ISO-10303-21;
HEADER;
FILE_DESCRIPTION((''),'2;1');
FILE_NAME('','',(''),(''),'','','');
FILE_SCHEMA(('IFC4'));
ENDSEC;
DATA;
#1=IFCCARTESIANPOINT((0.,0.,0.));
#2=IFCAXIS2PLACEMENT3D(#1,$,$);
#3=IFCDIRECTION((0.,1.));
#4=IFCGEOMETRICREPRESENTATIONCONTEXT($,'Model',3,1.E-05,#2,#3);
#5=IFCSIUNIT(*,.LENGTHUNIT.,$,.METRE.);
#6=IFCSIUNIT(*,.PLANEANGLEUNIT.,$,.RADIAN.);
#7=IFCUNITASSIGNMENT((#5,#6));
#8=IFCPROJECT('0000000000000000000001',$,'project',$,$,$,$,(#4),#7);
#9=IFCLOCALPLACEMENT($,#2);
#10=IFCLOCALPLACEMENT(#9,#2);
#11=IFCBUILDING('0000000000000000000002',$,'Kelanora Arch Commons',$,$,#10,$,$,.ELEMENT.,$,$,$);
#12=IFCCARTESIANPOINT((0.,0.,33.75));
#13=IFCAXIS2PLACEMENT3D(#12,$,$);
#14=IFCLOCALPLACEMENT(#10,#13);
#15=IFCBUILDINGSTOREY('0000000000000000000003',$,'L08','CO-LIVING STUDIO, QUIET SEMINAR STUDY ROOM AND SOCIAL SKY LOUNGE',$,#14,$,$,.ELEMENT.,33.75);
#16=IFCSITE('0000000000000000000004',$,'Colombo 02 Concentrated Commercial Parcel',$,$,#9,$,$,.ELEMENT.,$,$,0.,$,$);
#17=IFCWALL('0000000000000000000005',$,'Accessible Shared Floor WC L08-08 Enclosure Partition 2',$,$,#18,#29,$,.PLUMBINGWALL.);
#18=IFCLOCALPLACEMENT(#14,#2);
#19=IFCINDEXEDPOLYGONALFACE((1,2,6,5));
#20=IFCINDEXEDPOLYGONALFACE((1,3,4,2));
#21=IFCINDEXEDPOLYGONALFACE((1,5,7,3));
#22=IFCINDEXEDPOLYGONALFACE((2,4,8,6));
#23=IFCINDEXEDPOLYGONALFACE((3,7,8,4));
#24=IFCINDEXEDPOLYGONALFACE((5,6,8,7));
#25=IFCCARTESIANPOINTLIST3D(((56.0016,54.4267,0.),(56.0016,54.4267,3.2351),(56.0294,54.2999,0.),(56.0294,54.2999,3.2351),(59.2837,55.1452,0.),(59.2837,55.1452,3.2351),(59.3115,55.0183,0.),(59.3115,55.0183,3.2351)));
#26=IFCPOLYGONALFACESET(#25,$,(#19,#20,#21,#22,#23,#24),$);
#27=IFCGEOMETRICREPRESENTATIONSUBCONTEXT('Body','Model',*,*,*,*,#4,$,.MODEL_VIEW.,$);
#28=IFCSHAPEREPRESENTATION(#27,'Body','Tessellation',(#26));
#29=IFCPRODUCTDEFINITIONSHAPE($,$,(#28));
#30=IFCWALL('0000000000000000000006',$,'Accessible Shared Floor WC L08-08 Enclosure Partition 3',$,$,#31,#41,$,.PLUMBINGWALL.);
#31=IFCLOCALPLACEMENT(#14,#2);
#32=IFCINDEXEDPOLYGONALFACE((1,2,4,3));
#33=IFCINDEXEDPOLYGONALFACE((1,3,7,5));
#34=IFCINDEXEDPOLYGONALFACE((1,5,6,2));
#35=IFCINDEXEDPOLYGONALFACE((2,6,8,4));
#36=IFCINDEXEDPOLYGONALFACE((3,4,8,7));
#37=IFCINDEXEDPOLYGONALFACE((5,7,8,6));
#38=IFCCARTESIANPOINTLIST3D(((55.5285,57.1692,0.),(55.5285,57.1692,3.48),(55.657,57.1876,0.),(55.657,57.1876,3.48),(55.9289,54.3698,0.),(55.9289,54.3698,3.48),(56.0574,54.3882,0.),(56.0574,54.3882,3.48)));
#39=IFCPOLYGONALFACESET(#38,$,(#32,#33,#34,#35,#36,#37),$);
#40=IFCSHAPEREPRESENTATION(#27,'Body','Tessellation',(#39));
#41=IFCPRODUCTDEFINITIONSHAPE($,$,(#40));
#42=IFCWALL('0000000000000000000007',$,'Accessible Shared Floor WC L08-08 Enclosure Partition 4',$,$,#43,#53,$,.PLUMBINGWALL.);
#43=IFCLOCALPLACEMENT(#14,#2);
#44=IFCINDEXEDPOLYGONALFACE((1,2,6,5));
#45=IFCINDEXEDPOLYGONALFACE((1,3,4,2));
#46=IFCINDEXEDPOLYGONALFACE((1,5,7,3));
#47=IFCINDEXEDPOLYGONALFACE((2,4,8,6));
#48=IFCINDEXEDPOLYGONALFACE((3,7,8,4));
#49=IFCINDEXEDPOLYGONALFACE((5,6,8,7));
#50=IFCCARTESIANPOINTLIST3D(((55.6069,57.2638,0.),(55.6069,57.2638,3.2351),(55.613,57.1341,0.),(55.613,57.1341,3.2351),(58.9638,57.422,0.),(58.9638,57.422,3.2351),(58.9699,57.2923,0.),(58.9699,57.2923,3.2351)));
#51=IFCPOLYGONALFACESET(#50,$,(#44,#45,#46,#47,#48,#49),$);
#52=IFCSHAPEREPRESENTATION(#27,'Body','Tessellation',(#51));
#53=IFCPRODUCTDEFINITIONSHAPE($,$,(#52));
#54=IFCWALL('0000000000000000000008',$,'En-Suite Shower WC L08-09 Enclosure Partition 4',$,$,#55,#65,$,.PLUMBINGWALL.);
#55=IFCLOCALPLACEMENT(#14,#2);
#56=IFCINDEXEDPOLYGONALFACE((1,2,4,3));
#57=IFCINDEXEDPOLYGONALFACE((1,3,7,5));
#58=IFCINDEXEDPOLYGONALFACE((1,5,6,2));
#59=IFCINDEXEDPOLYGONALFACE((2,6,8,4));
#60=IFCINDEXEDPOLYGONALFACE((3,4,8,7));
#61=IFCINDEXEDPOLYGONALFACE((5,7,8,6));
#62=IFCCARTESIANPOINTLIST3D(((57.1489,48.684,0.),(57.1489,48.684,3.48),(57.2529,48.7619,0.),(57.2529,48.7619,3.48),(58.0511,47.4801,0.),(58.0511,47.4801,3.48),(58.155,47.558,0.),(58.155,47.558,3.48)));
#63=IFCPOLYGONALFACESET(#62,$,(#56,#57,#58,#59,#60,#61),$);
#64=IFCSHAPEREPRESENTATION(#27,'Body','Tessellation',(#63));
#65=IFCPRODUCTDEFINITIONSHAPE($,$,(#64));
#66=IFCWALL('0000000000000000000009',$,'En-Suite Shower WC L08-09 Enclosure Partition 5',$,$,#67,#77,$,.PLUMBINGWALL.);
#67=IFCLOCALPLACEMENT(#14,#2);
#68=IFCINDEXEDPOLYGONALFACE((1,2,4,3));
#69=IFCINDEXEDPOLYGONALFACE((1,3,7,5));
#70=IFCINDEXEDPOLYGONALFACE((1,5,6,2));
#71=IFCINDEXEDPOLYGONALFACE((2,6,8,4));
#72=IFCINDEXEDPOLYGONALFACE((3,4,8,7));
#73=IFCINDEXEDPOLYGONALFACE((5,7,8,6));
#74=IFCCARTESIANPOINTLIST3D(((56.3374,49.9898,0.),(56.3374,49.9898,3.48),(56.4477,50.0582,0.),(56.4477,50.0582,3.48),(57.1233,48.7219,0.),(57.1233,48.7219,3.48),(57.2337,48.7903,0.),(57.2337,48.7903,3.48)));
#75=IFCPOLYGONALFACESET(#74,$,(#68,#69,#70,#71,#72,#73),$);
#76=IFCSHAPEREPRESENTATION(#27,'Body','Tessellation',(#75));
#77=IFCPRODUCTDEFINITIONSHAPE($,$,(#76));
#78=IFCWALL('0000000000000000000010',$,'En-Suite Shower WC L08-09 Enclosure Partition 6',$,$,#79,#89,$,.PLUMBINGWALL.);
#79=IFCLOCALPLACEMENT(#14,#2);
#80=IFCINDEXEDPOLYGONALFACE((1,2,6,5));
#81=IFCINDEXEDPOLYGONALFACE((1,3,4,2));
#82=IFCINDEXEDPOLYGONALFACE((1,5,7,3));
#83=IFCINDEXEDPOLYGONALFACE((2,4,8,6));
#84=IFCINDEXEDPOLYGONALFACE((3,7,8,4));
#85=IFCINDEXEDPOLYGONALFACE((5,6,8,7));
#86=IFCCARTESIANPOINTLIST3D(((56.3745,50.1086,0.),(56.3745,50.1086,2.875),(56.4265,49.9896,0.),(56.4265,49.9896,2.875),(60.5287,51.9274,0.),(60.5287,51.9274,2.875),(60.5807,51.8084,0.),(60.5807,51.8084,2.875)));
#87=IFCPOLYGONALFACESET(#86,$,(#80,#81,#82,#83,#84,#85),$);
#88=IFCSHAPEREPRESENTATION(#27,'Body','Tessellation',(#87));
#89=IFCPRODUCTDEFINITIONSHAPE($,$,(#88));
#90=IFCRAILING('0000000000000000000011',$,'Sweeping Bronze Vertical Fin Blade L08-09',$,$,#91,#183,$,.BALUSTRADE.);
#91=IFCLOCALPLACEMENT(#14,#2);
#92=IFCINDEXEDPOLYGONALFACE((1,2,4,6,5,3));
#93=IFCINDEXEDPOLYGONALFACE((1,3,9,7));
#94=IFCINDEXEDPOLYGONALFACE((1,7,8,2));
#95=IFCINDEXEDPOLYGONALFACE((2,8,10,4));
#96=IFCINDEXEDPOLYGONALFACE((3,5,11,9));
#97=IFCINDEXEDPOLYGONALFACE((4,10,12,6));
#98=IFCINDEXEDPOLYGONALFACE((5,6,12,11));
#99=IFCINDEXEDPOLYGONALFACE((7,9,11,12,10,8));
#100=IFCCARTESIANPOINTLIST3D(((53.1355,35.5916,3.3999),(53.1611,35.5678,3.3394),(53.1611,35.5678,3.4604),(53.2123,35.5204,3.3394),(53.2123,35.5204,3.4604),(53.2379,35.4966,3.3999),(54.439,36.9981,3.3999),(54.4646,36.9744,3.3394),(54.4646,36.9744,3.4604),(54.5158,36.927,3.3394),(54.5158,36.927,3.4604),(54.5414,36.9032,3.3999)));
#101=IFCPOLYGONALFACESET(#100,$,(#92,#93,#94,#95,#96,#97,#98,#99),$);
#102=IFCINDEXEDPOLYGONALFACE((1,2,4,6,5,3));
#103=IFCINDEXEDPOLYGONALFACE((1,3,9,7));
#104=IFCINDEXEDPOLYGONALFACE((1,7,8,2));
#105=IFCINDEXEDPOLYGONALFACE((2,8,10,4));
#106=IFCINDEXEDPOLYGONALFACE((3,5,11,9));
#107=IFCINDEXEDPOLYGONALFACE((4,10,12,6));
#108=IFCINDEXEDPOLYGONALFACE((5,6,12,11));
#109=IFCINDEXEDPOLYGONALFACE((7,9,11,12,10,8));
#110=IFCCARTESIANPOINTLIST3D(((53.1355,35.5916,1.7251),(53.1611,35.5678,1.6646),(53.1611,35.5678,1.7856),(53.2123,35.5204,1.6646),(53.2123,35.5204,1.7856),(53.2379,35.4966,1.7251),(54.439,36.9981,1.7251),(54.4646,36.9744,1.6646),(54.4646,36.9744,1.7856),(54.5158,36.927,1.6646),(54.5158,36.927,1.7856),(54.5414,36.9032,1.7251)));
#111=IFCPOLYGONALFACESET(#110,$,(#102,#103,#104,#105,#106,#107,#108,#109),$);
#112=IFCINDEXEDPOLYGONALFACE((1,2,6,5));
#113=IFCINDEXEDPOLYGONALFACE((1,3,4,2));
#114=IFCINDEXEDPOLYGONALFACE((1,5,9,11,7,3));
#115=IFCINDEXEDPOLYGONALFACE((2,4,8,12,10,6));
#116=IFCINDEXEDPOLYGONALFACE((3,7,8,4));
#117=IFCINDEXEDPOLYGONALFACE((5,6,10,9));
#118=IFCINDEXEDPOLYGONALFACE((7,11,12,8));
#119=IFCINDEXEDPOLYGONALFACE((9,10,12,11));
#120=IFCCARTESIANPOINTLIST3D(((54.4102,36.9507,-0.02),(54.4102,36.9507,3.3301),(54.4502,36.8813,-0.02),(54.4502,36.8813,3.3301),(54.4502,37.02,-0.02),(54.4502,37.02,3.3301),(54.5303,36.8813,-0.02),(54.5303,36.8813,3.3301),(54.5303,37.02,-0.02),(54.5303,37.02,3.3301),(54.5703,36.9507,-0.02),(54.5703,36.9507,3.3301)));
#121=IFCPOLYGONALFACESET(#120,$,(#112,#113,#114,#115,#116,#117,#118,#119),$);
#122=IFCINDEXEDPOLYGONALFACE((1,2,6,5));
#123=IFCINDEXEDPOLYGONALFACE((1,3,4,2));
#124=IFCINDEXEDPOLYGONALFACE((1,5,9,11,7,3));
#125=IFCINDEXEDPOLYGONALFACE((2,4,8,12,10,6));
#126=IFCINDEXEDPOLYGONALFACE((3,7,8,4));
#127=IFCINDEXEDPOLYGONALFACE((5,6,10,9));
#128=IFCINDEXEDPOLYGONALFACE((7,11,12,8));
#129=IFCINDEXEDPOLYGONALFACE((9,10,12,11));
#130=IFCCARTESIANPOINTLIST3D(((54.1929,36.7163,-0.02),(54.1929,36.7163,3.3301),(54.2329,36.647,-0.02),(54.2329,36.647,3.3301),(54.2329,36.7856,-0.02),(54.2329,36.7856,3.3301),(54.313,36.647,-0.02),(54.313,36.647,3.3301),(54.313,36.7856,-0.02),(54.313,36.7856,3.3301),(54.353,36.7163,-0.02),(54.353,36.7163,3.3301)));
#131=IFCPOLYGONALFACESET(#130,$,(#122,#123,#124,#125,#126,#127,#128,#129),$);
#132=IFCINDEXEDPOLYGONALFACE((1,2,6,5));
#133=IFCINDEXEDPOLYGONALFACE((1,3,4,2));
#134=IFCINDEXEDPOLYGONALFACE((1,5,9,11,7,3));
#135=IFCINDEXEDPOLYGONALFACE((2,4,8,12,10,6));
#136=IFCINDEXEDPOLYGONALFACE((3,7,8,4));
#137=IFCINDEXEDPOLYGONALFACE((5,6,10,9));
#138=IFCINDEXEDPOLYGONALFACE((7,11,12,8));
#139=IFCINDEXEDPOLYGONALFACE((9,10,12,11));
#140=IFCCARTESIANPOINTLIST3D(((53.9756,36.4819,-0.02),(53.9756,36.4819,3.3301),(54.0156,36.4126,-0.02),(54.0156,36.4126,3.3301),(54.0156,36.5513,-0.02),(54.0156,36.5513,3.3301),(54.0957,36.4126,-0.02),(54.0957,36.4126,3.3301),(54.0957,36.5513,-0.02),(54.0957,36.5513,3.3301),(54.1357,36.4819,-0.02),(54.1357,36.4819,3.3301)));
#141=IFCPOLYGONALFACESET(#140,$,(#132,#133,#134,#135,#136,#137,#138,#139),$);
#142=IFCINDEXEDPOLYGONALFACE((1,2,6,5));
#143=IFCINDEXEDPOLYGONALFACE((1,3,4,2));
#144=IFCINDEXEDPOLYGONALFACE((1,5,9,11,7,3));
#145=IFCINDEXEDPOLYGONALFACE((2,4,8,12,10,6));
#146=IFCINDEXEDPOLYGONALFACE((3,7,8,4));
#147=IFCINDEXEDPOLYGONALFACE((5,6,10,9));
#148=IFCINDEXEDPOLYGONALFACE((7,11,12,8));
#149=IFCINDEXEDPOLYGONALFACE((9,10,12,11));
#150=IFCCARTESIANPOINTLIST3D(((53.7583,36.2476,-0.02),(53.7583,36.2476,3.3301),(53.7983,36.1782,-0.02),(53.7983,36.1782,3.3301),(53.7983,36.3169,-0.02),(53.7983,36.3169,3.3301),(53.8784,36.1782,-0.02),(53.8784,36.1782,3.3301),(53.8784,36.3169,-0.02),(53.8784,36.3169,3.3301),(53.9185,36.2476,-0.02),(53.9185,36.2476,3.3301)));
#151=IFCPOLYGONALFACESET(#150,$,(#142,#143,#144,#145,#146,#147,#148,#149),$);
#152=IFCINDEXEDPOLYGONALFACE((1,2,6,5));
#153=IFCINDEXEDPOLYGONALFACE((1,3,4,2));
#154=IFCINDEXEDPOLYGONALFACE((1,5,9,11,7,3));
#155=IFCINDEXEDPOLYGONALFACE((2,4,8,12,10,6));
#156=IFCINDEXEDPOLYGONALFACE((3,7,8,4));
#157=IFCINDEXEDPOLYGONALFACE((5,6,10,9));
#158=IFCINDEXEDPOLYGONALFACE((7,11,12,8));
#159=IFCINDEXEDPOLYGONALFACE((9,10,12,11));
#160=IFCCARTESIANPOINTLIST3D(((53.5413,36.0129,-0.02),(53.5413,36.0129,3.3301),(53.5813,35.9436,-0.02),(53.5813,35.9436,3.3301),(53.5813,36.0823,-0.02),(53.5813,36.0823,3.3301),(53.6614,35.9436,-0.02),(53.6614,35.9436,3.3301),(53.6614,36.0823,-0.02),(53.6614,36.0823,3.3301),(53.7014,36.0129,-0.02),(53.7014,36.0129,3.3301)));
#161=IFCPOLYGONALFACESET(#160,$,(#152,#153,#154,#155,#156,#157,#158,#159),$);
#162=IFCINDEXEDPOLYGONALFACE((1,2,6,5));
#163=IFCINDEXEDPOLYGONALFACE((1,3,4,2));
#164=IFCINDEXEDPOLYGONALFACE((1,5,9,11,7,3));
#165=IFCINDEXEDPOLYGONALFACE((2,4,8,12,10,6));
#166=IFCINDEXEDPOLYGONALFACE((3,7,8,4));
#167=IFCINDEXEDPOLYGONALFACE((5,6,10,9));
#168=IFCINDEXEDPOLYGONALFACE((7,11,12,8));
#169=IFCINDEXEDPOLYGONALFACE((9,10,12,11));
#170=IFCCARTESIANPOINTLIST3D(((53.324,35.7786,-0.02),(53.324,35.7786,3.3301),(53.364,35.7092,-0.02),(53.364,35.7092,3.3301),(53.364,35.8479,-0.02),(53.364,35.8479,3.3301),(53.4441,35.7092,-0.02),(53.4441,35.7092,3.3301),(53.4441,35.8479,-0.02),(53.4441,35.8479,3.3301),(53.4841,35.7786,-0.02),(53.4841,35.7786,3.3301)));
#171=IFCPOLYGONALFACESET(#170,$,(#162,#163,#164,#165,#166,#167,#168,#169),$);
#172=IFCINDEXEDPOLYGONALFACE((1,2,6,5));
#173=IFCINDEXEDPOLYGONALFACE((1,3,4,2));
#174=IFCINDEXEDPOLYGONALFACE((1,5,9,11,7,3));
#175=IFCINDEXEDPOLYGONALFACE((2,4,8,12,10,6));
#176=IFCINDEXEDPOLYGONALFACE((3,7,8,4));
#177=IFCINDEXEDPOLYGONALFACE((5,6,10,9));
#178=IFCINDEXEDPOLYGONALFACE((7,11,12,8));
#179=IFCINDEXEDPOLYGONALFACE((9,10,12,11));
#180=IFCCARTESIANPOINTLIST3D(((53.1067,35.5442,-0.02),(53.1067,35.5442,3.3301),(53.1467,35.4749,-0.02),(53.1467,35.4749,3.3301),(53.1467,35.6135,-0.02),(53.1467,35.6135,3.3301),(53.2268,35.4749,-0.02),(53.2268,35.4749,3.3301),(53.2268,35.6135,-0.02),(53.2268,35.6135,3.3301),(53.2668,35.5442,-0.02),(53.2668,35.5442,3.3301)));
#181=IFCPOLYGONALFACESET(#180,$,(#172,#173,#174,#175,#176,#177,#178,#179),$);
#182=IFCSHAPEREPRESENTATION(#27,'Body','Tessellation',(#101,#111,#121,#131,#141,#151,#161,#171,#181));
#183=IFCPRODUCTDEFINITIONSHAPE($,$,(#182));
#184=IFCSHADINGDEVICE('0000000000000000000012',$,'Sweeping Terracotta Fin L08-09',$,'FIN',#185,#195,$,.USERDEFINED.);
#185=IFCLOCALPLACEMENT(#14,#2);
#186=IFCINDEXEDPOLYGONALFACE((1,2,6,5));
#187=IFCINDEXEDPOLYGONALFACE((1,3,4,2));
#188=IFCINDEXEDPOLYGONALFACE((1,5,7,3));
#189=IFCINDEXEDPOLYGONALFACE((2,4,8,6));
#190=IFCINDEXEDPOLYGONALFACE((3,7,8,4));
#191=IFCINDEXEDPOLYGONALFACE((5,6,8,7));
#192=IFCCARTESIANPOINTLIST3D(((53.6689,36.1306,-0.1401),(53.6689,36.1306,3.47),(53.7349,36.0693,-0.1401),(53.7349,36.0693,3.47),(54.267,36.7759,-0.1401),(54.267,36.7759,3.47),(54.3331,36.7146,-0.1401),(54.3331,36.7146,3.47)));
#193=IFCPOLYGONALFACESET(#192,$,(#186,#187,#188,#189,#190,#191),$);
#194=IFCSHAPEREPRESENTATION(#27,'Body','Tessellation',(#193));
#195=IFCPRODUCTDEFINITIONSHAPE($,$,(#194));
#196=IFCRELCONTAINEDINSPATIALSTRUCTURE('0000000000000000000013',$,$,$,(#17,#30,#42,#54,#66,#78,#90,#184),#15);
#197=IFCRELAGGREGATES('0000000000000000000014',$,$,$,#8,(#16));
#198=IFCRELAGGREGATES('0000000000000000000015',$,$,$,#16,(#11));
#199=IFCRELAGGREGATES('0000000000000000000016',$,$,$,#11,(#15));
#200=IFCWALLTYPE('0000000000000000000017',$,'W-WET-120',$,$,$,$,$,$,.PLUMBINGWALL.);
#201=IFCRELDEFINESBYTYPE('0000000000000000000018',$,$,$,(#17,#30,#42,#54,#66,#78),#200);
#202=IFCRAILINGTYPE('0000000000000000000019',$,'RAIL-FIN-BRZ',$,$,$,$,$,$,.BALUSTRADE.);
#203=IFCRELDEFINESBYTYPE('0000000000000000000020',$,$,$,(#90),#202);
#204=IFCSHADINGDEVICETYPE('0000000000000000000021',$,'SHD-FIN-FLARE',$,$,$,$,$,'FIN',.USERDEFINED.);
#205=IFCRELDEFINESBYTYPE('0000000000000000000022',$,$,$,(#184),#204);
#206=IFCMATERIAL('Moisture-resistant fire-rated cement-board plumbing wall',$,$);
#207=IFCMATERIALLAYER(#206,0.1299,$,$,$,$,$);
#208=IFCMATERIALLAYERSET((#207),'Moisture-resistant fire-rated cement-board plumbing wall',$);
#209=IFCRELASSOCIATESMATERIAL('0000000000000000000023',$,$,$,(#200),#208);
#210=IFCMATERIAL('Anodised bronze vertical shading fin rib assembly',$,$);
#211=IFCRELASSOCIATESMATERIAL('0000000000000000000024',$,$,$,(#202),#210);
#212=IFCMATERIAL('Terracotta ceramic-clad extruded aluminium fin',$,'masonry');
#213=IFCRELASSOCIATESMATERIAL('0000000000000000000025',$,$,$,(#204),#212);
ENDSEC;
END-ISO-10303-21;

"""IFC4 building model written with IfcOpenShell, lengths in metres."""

from ifc_helpers import new_model, si_unit, direction, frame, frame_2d, origin, origin_2d, place, context, subcontext, project, spatial, polyline, rectangle, outline, extrude, source, transform, mapped, material, layer, layer_set, type_object, element, save


model = new_model("IFC4")

# Units and contexts
model_context = context("Model", 3, precision=1e-05, world=origin(), true_north=direction((0.0, 1.0)))
body_context = subcontext(model_context, "Body", "Model", "MODEL_VIEW")
ifc_project = project(units=[si_unit("LENGTHUNIT", "METRE"), si_unit("PLANEANGLEUNIT", "RADIAN")], contexts=[model_context])

# Site, building, storey
site_placement = place(None, origin())
site = spatial("IfcSite", under=ifc_project, at=site_placement, Name="Colombo 02 Concentrated Commercial Parcel", CompositionType="ELEMENT", RefElevation=0.0)
building_placement = place(site_placement, origin())
building = spatial("IfcBuilding", under=site, at=building_placement, Name="Kelanora Arch Commons", CompositionType="ELEMENT")
storey_placement = place(building_placement, frame((0.0, 0.0, 33.75)))
storey = spatial("IfcBuildingStorey", under=building, at=storey_placement, Name="L08", Description="CO-LIVING STUDIO, QUIET SEMINAR STUDY ROOM AND SOCIAL SKY LOUNGE", CompositionType="ELEMENT", Elevation=33.75)

# Shared definitions
ifc_material_1 = material(Name="Moisture-resistant fire-rated cement-board plumbing wall")
ifc_layer_1 = layer(ifc_material_1, 0.1299)
ifc_layer_set_1 = layer_set([ifc_layer_1], Name="Moisture-resistant fire-rated cement-board plumbing wall")
wall_type_1 = type_object("IfcWallType", Name="W-WET-120", PredefinedType="PLUMBINGWALL", material=ifc_layer_set_1)

# Walls
wall_1_placement = place(storey_placement, frame((59.2976, 55.0818, 0.0), z_axis=(0.0, 0.0, 1.0), x_axis=(-0.976868, -0.213844, 0.0)))
element("IfcWall", 1, at=wall_1_placement, inside=storey, type_object=wall_type_1, Name="Accessible Shared Floor WC L08-08 Enclosure Partition 2", PredefinedType="PLUMBINGWALL", context=body_context, shape_type="SweptSolid", body=[
    extrude(rectangle(XDim=3.3599, YDim=0.1299, at=frame_2d((1.6799, 0.0))), origin(), (0.0, 0.0, 1.0), 3.2351),
])
wall_2_placement = place(storey_placement, frame((55.9932, 54.3789, 0.0), z_axis=(0.0, 0.0, 1.0), x_axis=(-0.141591, 0.989925, 0.0)))
element("IfcWall", 2, at=wall_2_placement, inside=storey, type_object=wall_type_1, Name="Accessible Shared Floor WC L08-08 Enclosure Partition 3", PredefinedType="PLUMBINGWALL", context=body_context, shape_type="SweptSolid", body=[
    extrude(rectangle(XDim=2.8279, YDim=0.1299, at=frame_2d((1.4141, 0.0))), origin(), (0.0, 0.0, 1.0), 3.48),
])
wall_3_placement = place(storey_placement, frame((55.6101, 57.199, 0.0), z_axis=(0.0, 0.0, 1.0), x_axis=(0.998891, 0.047075, 0.0)))
element("IfcWall", 3, at=wall_3_placement, inside=storey, type_object=wall_type_1, Name="Accessible Shared Floor WC L08-08 Enclosure Partition 4", PredefinedType="PLUMBINGWALL", context=body_context, shape_type="SweptSolid", body=[
    extrude(rectangle(XDim=3.3606, YDim=0.1299, at=frame_2d((1.6802, 0.0))), origin(), (0.0, 0.0, 1.0), 3.2351),
])
wall_4_placement = place(storey_placement, frame((58.103, 47.519, 0.0), z_axis=(0.0, 0.0, 1.0), x_axis=(-0.599662, 0.800253, 0.0)))
element("IfcWall", 4, at=wall_4_placement, inside=storey, type_object=wall_type_1, Name="En-Suite Shower WC L08-09 Enclosure Partition 4", PredefinedType="PLUMBINGWALL", context=body_context, shape_type="SweptSolid", body=[
    extrude(rectangle(XDim=1.5044, YDim=0.1299, at=frame_2d((0.7522, 0.0))), origin(), (0.0, 0.0, 1.0), 3.48),
])
wall_5_placement = place(storey_placement, frame((57.1785, 48.7561, 0.0), z_axis=(0.0, 0.0, 1.0), x_axis=(-0.526862, 0.849951, 0.0)))
element("IfcWall", 5, at=wall_5_placement, inside=storey, type_object=wall_type_1, Name="En-Suite Shower WC L08-09 Enclosure Partition 5", PredefinedType="PLUMBINGWALL", context=body_context, shape_type="SweptSolid", body=[
    extrude(rectangle(XDim=1.4917, YDim=0.1299, at=frame_2d((0.7458, 0.0))), origin(), (0.0, 0.0, 1.0), 3.48),
])
wall_6_placement = place(storey_placement, frame((56.4004, 50.0491, 0.0), z_axis=(0.0, 0.0, 1.0), x_axis=(0.916049, 0.401067, 0.0)))
element("IfcWall", 6, at=wall_6_placement, inside=storey, type_object=wall_type_1, Name="En-Suite Shower WC L08-09 Enclosure Partition 6", PredefinedType="PLUMBINGWALL", context=body_context, shape_type="SweptSolid", body=[
    extrude(rectangle(XDim=4.5349, YDim=0.1299, at=frame_2d((2.2676, 0.0))), origin(), (0.0, 0.0, 1.0), 2.875),
])

# Railing
ifc_material_2 = material(Name="Anodised bronze vertical shading fin rib assembly")
railing_type = type_object("IfcRailingType", Name="RAIL-FIN-BRZ", PredefinedType="BALUSTRADE", material=ifc_material_2)
railing_placement = place(storey_placement, frame((54.4902, 36.9507, -0.02)))
element("IfcRailing", 7, at=railing_placement, inside=storey, type_object=railing_type, Name="Sweeping Bronze Vertical Fin Blade L08-09", PredefinedType="BALUSTRADE", context=body_context, shape_type="SweptSolid", body=[
    extrude(outline(polyline([(0.0698, 0.0), (0.0349, 0.0605), (-0.0349, 0.0605), (-0.0698, 0.0), (-0.0349, -0.0605), (0.0349, -0.0605), (0.0698, 0.0)])), frame((0.0, 0.0, 3.4199), z_axis=(-0.679733, -0.73346, 0.0), x_axis=(0.73346, -0.679733, 0.0)), (0.0, 0.0, 1.0), 1.9177),
    extrude(outline(polyline([(0.0698, 0.0), (0.0349, 0.0605), (-0.0349, 0.0605), (-0.0698, 0.0), (-0.0349, -0.0605), (0.0349, -0.0605), (0.0698, 0.0)])), frame((0.0, 0.0, 1.7451), z_axis=(-0.679733, -0.73346, 0.0), x_axis=(0.73346, -0.679733, 0.0)), (0.0, 0.0, 1.0), 1.9177),
    extrude(outline(polyline([(0.0801, 0.0), (0.04, 0.0693), (-0.04, 0.0693), (-0.0801, 0.0), (-0.04, -0.0693), (0.04, -0.0693), (0.0801, 0.0)])), origin(), (0.0, 0.0, 1.0), 3.3501),
    extrude(outline(polyline([(0.0801, 0.0), (0.04, 0.0693), (-0.04, 0.0693), (-0.0801, 0.0), (-0.04, -0.0693), (0.04, -0.0693), (0.0801, 0.0)])), frame((-0.2173, -0.2344, 0.0)), (0.0, 0.0, 1.0), 3.3501),
    extrude(outline(polyline([(0.0801, 0.0), (0.04, 0.0693), (-0.04, 0.0693), (-0.0801, 0.0), (-0.04, -0.0693), (0.04, -0.0693), (0.0801, 0.0)])), frame((-0.4346, -0.4688, 0.0)), (0.0, 0.0, 1.0), 3.3501),
    extrude(outline(polyline([(0.0801, 0.0), (0.04, 0.0693), (-0.04, 0.0693), (-0.0801, 0.0), (-0.04, -0.0693), (0.04, -0.0693), (0.0801, 0.0)])), frame((-0.6519, -0.7031, 0.0)), (0.0, 0.0, 1.0), 3.3501),
    extrude(outline(polyline([(0.0801, 0.0), (0.04, 0.0693), (-0.04, 0.0693), (-0.0801, 0.0), (-0.04, -0.0693), (0.04, -0.0693), (0.0801, 0.0)])), frame((-0.8689, -0.9377, 0.0)), (0.0, 0.0, 1.0), 3.3501),
    extrude(outline(polyline([(0.0801, 0.0), (0.04, 0.0693), (-0.04, 0.0693), (-0.0801, 0.0), (-0.04, -0.0693), (0.04, -0.0693), (0.0801, 0.0)])), frame((-1.0862, -1.1721, 0.0)), (0.0, 0.0, 1.0), 3.3501),
    extrude(outline(polyline([(0.0801, 0.0), (0.04, 0.0693), (-0.04, 0.0693), (-0.0801, 0.0), (-0.04, -0.0693), (0.04, -0.0693), (0.0801, 0.0)])), frame((-1.3035, -1.4065, 0.0)), (0.0, 0.0, 1.0), 3.3501),
])

# Shading device
ifc_material_3 = material(Name="Terracotta ceramic-clad extruded aluminium fin", Category="masonry")
shading_device_type = type_object("IfcShadingDeviceType", Name="SHD-FIN-FLARE", ElementType="FIN", PredefinedType="USERDEFINED", material=ifc_material_3)
shared_shape_1 = source(origin(), body_context, "Body", "SweptSolid", [
    extrude(rectangle(XDim=0.8799, YDim=0.0901, at=origin_2d()), origin(), (0.0, 0.0, 1.0), 3.6101),
])
shading_device_placement = place(storey_placement, frame((54.001, 36.4226, -0.1401), z_axis=(0.0, 0.0, 1.0), x_axis=(-0.679825, -0.733374, 0.0)))
element("IfcShadingDevice", 8, at=shading_device_placement, inside=storey, type_object=shading_device_type, Name="Sweeping Terracotta Fin L08-09", ObjectType="FIN", PredefinedType="USERDEFINED", context=body_context, shape_type="MappedRepresentation", body=[
    mapped(shared_shape_1, transform((0.0, 0.0, 0.0), scale=1.0)),
])

save(model, "model.ifc")
